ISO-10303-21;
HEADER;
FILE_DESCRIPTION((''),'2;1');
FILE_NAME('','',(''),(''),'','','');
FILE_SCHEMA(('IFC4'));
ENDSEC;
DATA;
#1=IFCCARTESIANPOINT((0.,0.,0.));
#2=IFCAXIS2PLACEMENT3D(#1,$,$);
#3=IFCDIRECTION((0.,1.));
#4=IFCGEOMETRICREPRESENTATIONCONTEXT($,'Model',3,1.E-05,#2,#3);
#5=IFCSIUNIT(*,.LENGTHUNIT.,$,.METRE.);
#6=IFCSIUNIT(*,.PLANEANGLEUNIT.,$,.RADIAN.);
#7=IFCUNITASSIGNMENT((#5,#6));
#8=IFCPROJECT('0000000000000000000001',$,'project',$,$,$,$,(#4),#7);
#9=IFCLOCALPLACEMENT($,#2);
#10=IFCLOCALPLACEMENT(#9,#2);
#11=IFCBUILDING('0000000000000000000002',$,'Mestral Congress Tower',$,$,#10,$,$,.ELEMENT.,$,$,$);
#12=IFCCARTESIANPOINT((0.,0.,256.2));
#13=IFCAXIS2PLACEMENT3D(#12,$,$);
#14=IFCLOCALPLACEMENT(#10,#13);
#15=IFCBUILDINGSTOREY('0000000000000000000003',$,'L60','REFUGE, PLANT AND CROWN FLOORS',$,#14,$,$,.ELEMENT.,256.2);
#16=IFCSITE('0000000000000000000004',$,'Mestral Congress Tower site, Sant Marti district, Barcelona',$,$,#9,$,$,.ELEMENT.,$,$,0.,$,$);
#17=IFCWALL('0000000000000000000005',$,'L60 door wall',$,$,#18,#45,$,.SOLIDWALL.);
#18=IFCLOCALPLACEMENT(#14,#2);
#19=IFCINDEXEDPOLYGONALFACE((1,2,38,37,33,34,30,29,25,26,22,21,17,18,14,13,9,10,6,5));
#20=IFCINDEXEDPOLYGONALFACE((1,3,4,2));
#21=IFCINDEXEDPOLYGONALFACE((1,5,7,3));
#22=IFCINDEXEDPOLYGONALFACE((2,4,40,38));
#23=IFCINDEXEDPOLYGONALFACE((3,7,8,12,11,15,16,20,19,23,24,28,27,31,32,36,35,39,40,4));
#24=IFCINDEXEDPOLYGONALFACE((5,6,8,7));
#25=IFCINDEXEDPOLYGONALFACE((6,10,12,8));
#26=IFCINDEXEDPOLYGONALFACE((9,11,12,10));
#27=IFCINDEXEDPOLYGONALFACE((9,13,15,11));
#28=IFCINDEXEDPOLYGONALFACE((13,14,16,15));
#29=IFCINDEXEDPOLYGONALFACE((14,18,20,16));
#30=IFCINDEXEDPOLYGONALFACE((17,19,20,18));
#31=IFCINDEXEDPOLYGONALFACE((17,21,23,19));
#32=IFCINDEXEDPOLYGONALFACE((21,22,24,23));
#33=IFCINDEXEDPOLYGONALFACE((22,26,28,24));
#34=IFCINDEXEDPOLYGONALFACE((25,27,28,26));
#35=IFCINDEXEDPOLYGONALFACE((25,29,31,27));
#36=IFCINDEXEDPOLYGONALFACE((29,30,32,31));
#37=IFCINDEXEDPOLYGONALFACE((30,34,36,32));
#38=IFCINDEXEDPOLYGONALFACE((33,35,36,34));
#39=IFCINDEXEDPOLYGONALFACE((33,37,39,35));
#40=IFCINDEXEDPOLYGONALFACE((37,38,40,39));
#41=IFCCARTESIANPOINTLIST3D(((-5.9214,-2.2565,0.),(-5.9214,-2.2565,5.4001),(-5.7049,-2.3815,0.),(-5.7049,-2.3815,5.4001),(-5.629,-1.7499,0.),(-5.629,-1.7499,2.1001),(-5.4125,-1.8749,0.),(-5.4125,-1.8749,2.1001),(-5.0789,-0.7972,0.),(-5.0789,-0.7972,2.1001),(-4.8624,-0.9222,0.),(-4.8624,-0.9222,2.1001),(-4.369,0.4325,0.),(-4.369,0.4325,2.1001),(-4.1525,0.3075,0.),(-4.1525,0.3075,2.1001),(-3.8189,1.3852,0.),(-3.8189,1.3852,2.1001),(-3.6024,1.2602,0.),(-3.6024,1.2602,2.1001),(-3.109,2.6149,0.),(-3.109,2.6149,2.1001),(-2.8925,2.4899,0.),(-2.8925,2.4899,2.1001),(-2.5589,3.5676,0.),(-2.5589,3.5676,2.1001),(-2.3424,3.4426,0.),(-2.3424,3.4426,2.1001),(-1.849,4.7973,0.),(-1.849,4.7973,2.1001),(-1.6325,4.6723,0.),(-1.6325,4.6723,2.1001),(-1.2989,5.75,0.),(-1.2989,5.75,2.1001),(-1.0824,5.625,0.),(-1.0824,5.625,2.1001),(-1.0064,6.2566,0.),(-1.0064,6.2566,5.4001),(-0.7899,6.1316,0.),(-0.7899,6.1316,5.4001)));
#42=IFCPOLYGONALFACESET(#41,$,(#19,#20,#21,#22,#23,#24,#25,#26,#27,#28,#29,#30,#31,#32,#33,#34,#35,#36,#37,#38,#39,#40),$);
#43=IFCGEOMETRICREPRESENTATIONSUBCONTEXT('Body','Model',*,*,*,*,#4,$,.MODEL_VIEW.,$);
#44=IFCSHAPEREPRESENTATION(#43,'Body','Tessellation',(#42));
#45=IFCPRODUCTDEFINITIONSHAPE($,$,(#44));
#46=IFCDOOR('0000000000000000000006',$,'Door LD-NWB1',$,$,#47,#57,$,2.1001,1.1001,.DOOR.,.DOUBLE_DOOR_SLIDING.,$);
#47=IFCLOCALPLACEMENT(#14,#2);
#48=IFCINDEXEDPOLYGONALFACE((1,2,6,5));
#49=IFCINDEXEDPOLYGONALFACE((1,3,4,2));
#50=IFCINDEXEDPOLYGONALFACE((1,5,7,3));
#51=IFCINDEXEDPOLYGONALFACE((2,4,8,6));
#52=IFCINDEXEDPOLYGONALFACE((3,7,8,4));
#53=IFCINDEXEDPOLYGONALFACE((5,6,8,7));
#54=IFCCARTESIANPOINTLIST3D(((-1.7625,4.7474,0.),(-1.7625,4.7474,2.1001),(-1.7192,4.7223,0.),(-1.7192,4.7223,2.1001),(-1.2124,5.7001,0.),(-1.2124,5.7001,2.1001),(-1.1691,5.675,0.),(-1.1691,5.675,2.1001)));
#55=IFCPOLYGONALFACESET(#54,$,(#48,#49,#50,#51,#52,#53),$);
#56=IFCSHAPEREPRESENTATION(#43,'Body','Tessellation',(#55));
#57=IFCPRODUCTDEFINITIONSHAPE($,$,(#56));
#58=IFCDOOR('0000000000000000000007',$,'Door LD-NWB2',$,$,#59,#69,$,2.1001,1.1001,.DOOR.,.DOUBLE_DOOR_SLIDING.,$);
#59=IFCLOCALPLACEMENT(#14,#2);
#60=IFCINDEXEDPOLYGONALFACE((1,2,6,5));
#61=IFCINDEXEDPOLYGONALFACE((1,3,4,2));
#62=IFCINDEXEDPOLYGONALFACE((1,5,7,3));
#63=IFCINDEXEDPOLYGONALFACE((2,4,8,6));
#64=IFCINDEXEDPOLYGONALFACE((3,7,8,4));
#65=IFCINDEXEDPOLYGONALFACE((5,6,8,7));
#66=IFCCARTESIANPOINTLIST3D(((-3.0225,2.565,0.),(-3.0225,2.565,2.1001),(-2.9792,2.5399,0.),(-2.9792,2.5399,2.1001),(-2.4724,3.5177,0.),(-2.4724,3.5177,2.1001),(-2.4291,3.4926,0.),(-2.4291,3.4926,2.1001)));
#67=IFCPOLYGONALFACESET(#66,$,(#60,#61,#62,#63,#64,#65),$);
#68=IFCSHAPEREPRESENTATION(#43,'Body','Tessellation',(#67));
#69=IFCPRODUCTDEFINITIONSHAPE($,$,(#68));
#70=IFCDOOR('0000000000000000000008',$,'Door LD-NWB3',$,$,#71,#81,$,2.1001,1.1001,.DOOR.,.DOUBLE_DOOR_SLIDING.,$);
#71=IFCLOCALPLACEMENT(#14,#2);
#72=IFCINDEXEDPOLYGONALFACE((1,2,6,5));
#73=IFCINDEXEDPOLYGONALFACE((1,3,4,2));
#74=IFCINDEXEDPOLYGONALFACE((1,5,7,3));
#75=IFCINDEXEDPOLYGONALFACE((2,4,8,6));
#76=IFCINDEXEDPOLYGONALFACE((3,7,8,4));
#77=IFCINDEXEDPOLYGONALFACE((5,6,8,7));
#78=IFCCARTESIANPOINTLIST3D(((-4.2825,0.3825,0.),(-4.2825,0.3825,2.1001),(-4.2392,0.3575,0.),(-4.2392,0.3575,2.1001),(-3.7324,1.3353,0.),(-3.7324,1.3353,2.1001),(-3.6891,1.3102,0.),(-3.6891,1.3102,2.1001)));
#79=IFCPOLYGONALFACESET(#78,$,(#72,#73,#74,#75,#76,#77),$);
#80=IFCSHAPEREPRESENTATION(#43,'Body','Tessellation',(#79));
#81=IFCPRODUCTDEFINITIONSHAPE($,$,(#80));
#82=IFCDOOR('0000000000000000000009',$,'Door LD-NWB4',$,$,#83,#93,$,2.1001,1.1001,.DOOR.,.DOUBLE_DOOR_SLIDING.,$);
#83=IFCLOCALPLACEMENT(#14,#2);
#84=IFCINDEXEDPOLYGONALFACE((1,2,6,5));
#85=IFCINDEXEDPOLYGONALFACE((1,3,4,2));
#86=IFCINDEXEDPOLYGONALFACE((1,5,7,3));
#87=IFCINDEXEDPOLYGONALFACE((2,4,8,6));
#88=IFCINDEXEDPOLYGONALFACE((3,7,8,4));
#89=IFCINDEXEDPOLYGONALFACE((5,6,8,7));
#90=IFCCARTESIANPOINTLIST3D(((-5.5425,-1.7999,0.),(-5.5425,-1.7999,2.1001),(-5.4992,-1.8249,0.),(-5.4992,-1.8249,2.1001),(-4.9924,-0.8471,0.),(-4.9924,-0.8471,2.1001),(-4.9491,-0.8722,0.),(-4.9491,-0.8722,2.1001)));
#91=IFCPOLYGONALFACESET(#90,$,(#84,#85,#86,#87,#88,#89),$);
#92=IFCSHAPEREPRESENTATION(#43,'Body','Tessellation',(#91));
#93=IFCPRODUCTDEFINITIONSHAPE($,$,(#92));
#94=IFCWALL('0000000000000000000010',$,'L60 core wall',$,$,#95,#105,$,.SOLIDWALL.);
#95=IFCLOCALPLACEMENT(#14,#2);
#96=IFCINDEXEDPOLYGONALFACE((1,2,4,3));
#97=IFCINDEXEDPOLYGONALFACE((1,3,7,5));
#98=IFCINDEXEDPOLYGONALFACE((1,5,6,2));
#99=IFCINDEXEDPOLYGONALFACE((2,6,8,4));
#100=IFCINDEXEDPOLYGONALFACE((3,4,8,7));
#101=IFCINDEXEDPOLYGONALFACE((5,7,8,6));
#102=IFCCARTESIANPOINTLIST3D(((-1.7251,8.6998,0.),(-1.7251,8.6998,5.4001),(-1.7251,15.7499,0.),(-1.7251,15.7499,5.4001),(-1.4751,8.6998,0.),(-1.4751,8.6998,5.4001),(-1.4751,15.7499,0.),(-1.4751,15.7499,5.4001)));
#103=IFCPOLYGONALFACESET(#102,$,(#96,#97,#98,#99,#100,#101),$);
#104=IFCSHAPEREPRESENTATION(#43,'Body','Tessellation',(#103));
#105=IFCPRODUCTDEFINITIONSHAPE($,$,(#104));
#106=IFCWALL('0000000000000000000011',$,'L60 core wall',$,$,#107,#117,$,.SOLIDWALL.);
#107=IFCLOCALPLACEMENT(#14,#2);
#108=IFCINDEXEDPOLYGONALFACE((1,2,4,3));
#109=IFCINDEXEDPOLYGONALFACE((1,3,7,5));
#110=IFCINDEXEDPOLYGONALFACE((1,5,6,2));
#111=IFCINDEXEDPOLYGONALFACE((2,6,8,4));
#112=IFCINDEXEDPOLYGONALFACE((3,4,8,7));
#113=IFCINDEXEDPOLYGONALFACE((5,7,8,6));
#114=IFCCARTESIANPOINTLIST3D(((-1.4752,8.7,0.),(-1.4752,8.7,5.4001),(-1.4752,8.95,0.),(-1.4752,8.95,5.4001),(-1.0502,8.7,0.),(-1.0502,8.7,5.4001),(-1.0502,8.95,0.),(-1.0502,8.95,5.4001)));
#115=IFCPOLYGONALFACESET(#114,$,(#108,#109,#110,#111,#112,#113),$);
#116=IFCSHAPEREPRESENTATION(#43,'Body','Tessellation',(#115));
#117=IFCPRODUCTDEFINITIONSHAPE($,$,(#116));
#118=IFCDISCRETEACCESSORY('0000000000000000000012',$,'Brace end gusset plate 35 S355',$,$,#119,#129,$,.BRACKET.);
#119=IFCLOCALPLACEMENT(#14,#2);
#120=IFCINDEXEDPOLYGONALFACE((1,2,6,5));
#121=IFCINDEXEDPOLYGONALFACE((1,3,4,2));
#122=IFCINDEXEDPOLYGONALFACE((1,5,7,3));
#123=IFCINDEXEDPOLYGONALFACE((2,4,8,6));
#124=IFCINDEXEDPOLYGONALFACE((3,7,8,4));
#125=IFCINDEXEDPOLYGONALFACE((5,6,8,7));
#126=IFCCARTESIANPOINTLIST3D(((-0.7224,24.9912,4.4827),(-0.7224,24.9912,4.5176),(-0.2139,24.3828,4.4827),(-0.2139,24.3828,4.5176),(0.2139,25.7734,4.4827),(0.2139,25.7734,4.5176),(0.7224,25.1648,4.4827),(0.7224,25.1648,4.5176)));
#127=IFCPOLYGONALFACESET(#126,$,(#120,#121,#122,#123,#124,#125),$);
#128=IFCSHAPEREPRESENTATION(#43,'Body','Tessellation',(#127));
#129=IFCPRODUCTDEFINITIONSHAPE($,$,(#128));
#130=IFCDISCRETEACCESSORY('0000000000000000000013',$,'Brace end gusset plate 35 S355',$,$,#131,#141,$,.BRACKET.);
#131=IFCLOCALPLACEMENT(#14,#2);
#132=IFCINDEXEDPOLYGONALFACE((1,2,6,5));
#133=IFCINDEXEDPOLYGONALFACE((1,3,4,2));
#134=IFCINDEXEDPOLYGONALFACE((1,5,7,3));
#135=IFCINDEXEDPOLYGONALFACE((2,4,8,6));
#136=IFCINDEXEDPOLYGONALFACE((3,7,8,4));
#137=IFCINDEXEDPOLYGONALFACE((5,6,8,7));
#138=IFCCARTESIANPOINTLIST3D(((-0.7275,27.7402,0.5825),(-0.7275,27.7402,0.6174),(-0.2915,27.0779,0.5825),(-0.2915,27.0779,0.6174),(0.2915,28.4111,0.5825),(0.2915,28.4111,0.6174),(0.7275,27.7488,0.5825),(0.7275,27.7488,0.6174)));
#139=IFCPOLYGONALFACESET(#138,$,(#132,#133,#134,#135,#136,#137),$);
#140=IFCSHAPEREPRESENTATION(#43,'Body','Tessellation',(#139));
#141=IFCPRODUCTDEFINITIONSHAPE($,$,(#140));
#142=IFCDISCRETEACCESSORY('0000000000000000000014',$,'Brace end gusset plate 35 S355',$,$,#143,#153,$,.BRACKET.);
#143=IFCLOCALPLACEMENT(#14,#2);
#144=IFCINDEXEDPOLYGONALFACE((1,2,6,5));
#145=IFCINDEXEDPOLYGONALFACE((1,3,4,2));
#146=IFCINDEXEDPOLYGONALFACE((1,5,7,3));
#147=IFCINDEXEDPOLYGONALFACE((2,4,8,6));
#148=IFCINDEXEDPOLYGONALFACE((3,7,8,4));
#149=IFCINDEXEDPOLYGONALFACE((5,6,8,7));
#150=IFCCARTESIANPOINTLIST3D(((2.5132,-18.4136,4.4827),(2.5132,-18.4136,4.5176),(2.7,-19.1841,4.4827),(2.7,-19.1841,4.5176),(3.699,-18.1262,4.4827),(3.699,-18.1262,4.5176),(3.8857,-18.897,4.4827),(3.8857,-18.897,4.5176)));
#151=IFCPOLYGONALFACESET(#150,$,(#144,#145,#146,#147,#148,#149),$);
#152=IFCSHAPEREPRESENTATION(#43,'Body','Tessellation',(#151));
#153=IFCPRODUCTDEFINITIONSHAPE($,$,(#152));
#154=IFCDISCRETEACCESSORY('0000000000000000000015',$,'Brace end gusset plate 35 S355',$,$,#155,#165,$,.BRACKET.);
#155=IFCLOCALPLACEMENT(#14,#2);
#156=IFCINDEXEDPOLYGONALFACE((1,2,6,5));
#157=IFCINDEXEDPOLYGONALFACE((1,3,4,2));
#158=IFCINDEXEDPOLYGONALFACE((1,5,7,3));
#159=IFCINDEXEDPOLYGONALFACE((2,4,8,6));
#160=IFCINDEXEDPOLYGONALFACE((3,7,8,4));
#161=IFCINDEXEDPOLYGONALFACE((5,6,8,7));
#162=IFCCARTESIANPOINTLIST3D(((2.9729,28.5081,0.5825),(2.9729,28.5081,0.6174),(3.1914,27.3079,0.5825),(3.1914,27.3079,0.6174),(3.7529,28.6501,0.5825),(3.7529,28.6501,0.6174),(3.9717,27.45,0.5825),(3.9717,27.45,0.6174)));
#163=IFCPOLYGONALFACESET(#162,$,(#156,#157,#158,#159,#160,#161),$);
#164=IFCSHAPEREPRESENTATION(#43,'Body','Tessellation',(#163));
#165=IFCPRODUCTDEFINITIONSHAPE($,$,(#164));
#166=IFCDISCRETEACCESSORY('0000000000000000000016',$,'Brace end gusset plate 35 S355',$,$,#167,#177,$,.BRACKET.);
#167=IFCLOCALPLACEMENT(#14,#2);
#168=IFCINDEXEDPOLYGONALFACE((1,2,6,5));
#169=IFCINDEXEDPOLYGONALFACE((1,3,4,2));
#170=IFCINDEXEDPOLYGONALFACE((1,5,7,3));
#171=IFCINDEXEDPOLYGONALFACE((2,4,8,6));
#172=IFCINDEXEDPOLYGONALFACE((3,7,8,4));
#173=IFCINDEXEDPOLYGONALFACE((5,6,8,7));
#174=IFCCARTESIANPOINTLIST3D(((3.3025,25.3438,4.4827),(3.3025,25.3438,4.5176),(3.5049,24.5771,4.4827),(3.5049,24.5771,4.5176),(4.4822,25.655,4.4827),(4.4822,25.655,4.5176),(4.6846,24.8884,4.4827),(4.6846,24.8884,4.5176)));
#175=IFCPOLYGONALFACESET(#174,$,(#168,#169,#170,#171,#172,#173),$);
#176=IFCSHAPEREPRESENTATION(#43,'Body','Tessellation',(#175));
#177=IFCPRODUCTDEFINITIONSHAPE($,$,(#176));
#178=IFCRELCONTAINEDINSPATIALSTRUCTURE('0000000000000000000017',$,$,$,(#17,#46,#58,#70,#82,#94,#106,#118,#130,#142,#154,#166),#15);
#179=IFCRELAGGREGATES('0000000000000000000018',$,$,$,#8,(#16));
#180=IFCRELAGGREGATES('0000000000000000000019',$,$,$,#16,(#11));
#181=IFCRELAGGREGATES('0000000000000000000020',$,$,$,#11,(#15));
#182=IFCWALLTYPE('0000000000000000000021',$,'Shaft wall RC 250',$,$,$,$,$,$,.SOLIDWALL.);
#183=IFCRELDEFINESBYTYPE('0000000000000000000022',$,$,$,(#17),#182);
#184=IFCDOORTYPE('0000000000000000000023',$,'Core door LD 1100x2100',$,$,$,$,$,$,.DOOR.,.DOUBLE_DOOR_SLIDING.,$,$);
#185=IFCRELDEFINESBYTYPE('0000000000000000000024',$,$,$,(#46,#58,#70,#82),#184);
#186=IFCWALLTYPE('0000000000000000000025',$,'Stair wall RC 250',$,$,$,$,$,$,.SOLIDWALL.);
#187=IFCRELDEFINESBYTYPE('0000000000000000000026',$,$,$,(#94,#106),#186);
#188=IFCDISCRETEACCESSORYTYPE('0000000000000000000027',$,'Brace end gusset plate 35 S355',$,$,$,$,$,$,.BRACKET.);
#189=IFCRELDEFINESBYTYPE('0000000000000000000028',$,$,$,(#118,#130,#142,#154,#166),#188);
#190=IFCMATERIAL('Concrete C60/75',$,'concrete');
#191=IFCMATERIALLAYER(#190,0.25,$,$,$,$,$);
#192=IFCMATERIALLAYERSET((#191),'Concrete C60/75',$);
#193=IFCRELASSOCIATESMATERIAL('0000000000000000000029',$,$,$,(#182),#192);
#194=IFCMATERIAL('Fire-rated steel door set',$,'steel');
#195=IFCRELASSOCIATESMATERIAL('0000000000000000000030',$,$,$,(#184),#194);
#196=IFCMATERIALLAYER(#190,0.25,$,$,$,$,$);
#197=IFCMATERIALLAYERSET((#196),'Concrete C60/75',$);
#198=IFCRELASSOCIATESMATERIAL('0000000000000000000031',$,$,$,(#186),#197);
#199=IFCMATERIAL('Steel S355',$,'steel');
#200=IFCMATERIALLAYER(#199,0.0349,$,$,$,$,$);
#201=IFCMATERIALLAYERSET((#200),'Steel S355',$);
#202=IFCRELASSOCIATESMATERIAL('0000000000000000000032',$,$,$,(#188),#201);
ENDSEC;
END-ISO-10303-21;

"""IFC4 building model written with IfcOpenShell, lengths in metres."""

from ifc_helpers import new_model, si_unit, direction, frame, frame_2d, origin, place, context, subcontext, project, spatial, polyline, rectangle, outline, extrude, material, layer, layer_set, type_object, element, fill, save


model = new_model("IFC4")

# Units and contexts
model_context = context("Model", 3, precision=1e-05, world=origin(), true_north=direction((0.0, 1.0)))
body_context = subcontext(model_context, "Body", "Model", "MODEL_VIEW")
ifc_project = project(units=[si_unit("LENGTHUNIT", "METRE"), si_unit("PLANEANGLEUNIT", "RADIAN")], contexts=[model_context])

# Site, building, storey
site_placement = place(None, origin())
site = spatial("IfcSite", under=ifc_project, at=site_placement, Name="Mestral Congress Tower site, Sant Marti district, Barcelona", CompositionType="ELEMENT", RefElevation=0.0)
building_placement = place(site_placement, origin())
building = spatial("IfcBuilding", under=site, at=building_placement, Name="Mestral Congress Tower", CompositionType="ELEMENT")
storey_placement = place(building_placement, frame((0.0, 0.0, 256.2)))
storey = spatial("IfcBuildingStorey", under=building, at=storey_placement, Name="L60", Description="REFUGE, PLANT AND CROWN FLOORS", CompositionType="ELEMENT", Elevation=256.2)

# Shared definitions
ifc_material_1 = material(Name="Fire-rated steel door set", Category="steel")

# Shared definitions
ifc_material_2 = material(Name="Concrete C60/75", Category="concrete")
ifc_layer_1 = layer(ifc_material_2, 0.25)
ifc_layer_set_1 = layer_set([ifc_layer_1], Name="Concrete C60/75")
wall_type_1 = type_object("IfcWallType", Name="Shaft wall RC 250", PredefinedType="SOLIDWALL", material=ifc_layer_set_1)

# Wall, openings, doors
wall_1_placement = place(storey_placement, frame((-0.8982, 6.1941, 0.0), z_axis=(0.0, 0.0, 1.0), x_axis=(-0.499996, -0.866028, 0.0)))
wall_1 = element("IfcWall", 1, at=wall_1_placement, inside=storey, type_object=wall_type_1, Name="L60 door wall", PredefinedType="SOLIDWALL", context=body_context, shape_type="SweptSolid", body=[
    extrude(rectangle(XDim=9.8301, YDim=0.25, at=frame_2d((4.915, 0.0))), origin(), (0.0, 0.0, 1.0), 5.4001),
])
opening_1_placement = place(wall_1_placement, frame((0.585, 0.0, 0.0)))
opening_1 = element("IfcOpeningElement", 2, at=opening_1_placement, cuts=wall_1, PredefinedType="OPENING", context=body_context, shape_type="SweptSolid", body=[
    extrude(rectangle(XDim=1.1001, YDim=2.1001, at=frame_2d((0.55, 1.05))), frame((0.0, 0.135, 0.0), z_axis=(0.0, -1.0, 0.0), x_axis=(1.0, 0.0, 0.0)), (0.0, 0.0, 1.0), 0.27),
])
opening_2_placement = place(wall_1_placement, frame((3.105, 0.0, 0.0)))
opening_2 = element("IfcOpeningElement", 3, at=opening_2_placement, cuts=wall_1, PredefinedType="OPENING", context=body_context, shape_type="SweptSolid", body=[
    extrude(rectangle(XDim=1.1001, YDim=2.1001, at=frame_2d((0.55, 1.05))), frame((0.0, 0.135, 0.0), z_axis=(0.0, -1.0, 0.0), x_axis=(1.0, 0.0, 0.0)), (0.0, 0.0, 1.0), 0.27),
])
opening_3_placement = place(wall_1_placement, frame((5.625, 0.0, 0.0)))
opening_3 = element("IfcOpeningElement", 4, at=opening_3_placement, cuts=wall_1, PredefinedType="OPENING", context=body_context, shape_type="SweptSolid", body=[
    extrude(rectangle(XDim=1.1001, YDim=2.1001, at=frame_2d((0.55, 1.05))), frame((0.0, 0.135, 0.0), z_axis=(0.0, -1.0, 0.0), x_axis=(1.0, 0.0, 0.0)), (0.0, 0.0, 1.0), 0.27),
])
opening_4_placement = place(wall_1_placement, frame((8.145, 0.0, 0.0)))
opening_4 = element("IfcOpeningElement", 5, at=opening_4_placement, cuts=wall_1, PredefinedType="OPENING", context=body_context, shape_type="SweptSolid", body=[
    extrude(rectangle(XDim=1.1001, YDim=2.1001, at=frame_2d((0.55, 1.05))), frame((0.0, 0.135, 0.0), z_axis=(0.0, -1.0, 0.0), x_axis=(1.0, 0.0, 0.0)), (0.0, 0.0, 1.0), 0.27),
])
door_type_1 = type_object("IfcDoorType", Name="Core door LD 1100x2100", OperationType="DOUBLE_DOOR_SLIDING", PredefinedType="DOOR", material=ifc_material_1)
door_1_placement = place(opening_1_placement, origin())
door_1 = element("IfcDoor", 6, at=door_1_placement, inside=storey, type_object=door_type_1, Name="Door LD-NWB1", OperationType="DOUBLE_DOOR_SLIDING", OverallHeight=2.1001, OverallWidth=1.1001, PredefinedType="DOOR", context=body_context, shape_type="SweptSolid", body=[
    extrude(rectangle(XDim=1.1001, YDim=2.1001, at=frame_2d((0.55, 1.05))), frame((0.0, 0.0249, 0.0), z_axis=(0.0, -1.0, 0.0), x_axis=(1.0, 0.0, 0.0)), (0.0, 0.0, 1.0), 0.05),
])
fill(opening_1, door_1)
door_2_placement = place(opening_2_placement, origin())
door_2 = element("IfcDoor", 7, at=door_2_placement, inside=storey, type_object=door_type_1, Name="Door LD-NWB2", OperationType="DOUBLE_DOOR_SLIDING", OverallHeight=2.1001, OverallWidth=1.1001, PredefinedType="DOOR", context=body_context, shape_type="SweptSolid", body=[
    extrude(rectangle(XDim=1.1001, YDim=2.1001, at=frame_2d((0.55, 1.05))), frame((0.0, 0.0249, 0.0), z_axis=(0.0, -1.0, 0.0), x_axis=(1.0, 0.0, 0.0)), (0.0, 0.0, 1.0), 0.05),
])
fill(opening_2, door_2)
door_3_placement = place(opening_3_placement, origin())
door_3 = element("IfcDoor", 8, at=door_3_placement, inside=storey, type_object=door_type_1, Name="Door LD-NWB3", OperationType="DOUBLE_DOOR_SLIDING", OverallHeight=2.1001, OverallWidth=1.1001, PredefinedType="DOOR", context=body_context, shape_type="SweptSolid", body=[
    extrude(rectangle(XDim=1.1001, YDim=2.1001, at=frame_2d((0.55, 1.05))), frame((0.0, 0.0249, 0.0), z_axis=(0.0, -1.0, 0.0), x_axis=(1.0, 0.0, 0.0)), (0.0, 0.0, 1.0), 0.05),
])
fill(opening_3, door_3)
door_4_placement = place(opening_4_placement, origin())
door_4 = element("IfcDoor", 9, at=door_4_placement, inside=storey, type_object=door_type_1, Name="Door LD-NWB4", OperationType="DOUBLE_DOOR_SLIDING", OverallHeight=2.1001, OverallWidth=1.1001, PredefinedType="DOOR", context=body_context, shape_type="SweptSolid", body=[
    extrude(rectangle(XDim=1.1001, YDim=2.1001, at=frame_2d((0.55, 1.05))), frame((0.0, 0.0249, 0.0), z_axis=(0.0, -1.0, 0.0), x_axis=(1.0, 0.0, 0.0)), (0.0, 0.0, 1.0), 0.05),
])
fill(opening_4, door_4)

# Walls
ifc_layer_2 = layer(ifc_material_2, 0.25)
ifc_layer_set_2 = layer_set([ifc_layer_2], Name="Concrete C60/75")
wall_type_2 = type_object("IfcWallType", Name="Stair wall RC 250", PredefinedType="SOLIDWALL", material=ifc_layer_set_2)
wall_2_placement = place(storey_placement, frame((-1.6001, 8.7, 0.0), z_axis=(0.0, 0.0, 1.0), x_axis=(0.0, 1.0, 0.0)))
element("IfcWall", 10, at=wall_2_placement, inside=storey, type_object=wall_type_2, Name="L60 core wall", PredefinedType="SOLIDWALL", context=body_context, shape_type="SweptSolid", body=[
    extrude(rectangle(XDim=7.05, YDim=0.25, at=frame_2d((3.5249, 0.0))), origin(), (0.0, 0.0, 1.0), 5.4001),
])
wall_3_placement = place(storey_placement, frame((-1.4751, 8.825, 0.0), z_axis=(0.0, 0.0, 1.0), x_axis=(1.0, 0.0, 0.0)))
element("IfcWall", 11, at=wall_3_placement, inside=storey, type_object=wall_type_2, Name="L60 core wall", PredefinedType="SOLIDWALL", context=body_context, shape_type="SweptSolid", body=[
    extrude(rectangle(XDim=0.425, YDim=0.25, at=frame_2d((0.2124, 0.0))), origin(), (0.0, 0.0, 1.0), 5.4001),
])

# Discrete accessories
ifc_material_3 = material(Name="Steel S355", Category="steel")
ifc_layer_3 = layer(ifc_material_3, 0.0349)
ifc_layer_set_3 = layer_set([ifc_layer_3], Name="Steel S355")
discrete_accessory_type = type_object("IfcDiscreteAccessoryType", Name="Brace end gusset plate 35 S355", PredefinedType="BRACKET", material=ifc_layer_set_3)
placement_1 = place(storey_placement, frame((0.0, 0.0, 4.4827)))
element("IfcDiscreteAccessory", 12, at=placement_1, inside=storey, type_object=discrete_accessory_type, Name="Brace end gusset plate 35 S355", PredefinedType="BRACKET", context=body_context, shape_type="SweptSolid", body=[
    extrude(outline(polyline([(-0.2139, 24.3828), (0.7224, 25.1648), (0.2139, 25.7734), (-0.7224, 24.9912), (-0.2139, 24.3828)])), origin(), (0.0, 0.0, 1.0), 0.0349),
])
placement_2 = place(storey_placement, frame((0.0, 0.0, 0.5825)))
element("IfcDiscreteAccessory", 13, at=placement_2, inside=storey, type_object=discrete_accessory_type, Name="Brace end gusset plate 35 S355", PredefinedType="BRACKET", context=body_context, shape_type="SweptSolid", body=[
    extrude(outline(polyline([(0.2915, 28.4111), (-0.7275, 27.7402), (-0.2915, 27.0779), (0.7275, 27.7488), (0.2915, 28.4111)])), origin(), (0.0, 0.0, 1.0), 0.0349),
])
element("IfcDiscreteAccessory", 14, at=placement_1, inside=storey, type_object=discrete_accessory_type, Name="Brace end gusset plate 35 S355", PredefinedType="BRACKET", context=body_context, shape_type="SweptSolid", body=[
    extrude(outline(polyline([(3.699, -18.1262), (2.5132, -18.4136), (2.7, -19.1841), (3.8857, -18.897), (3.699, -18.1262)])), origin(), (0.0, 0.0, 1.0), 0.0349),
])
element("IfcDiscreteAccessory", 15, at=placement_2, inside=storey, type_object=discrete_accessory_type, Name="Brace end gusset plate 35 S355", PredefinedType="BRACKET", context=body_context, shape_type="SweptSolid", body=[
    extrude(outline(polyline([(2.9729, 28.5081), (3.1914, 27.3079), (3.9717, 27.45), (3.7529, 28.6501), (2.9729, 28.5081)])), origin(), (0.0, 0.0, 1.0), 0.0349),
])
element("IfcDiscreteAccessory", 16, at=placement_1, inside=storey, type_object=discrete_accessory_type, Name="Brace end gusset plate 35 S355", PredefinedType="BRACKET", context=body_context, shape_type="SweptSolid", body=[
    extrude(outline(polyline([(3.5049, 24.5771), (4.6846, 24.8884), (4.4822, 25.655), (3.3025, 25.3438), (3.5049, 24.5771)])), origin(), (0.0, 0.0, 1.0), 0.0349),
])

save(model, "model.ifc")
